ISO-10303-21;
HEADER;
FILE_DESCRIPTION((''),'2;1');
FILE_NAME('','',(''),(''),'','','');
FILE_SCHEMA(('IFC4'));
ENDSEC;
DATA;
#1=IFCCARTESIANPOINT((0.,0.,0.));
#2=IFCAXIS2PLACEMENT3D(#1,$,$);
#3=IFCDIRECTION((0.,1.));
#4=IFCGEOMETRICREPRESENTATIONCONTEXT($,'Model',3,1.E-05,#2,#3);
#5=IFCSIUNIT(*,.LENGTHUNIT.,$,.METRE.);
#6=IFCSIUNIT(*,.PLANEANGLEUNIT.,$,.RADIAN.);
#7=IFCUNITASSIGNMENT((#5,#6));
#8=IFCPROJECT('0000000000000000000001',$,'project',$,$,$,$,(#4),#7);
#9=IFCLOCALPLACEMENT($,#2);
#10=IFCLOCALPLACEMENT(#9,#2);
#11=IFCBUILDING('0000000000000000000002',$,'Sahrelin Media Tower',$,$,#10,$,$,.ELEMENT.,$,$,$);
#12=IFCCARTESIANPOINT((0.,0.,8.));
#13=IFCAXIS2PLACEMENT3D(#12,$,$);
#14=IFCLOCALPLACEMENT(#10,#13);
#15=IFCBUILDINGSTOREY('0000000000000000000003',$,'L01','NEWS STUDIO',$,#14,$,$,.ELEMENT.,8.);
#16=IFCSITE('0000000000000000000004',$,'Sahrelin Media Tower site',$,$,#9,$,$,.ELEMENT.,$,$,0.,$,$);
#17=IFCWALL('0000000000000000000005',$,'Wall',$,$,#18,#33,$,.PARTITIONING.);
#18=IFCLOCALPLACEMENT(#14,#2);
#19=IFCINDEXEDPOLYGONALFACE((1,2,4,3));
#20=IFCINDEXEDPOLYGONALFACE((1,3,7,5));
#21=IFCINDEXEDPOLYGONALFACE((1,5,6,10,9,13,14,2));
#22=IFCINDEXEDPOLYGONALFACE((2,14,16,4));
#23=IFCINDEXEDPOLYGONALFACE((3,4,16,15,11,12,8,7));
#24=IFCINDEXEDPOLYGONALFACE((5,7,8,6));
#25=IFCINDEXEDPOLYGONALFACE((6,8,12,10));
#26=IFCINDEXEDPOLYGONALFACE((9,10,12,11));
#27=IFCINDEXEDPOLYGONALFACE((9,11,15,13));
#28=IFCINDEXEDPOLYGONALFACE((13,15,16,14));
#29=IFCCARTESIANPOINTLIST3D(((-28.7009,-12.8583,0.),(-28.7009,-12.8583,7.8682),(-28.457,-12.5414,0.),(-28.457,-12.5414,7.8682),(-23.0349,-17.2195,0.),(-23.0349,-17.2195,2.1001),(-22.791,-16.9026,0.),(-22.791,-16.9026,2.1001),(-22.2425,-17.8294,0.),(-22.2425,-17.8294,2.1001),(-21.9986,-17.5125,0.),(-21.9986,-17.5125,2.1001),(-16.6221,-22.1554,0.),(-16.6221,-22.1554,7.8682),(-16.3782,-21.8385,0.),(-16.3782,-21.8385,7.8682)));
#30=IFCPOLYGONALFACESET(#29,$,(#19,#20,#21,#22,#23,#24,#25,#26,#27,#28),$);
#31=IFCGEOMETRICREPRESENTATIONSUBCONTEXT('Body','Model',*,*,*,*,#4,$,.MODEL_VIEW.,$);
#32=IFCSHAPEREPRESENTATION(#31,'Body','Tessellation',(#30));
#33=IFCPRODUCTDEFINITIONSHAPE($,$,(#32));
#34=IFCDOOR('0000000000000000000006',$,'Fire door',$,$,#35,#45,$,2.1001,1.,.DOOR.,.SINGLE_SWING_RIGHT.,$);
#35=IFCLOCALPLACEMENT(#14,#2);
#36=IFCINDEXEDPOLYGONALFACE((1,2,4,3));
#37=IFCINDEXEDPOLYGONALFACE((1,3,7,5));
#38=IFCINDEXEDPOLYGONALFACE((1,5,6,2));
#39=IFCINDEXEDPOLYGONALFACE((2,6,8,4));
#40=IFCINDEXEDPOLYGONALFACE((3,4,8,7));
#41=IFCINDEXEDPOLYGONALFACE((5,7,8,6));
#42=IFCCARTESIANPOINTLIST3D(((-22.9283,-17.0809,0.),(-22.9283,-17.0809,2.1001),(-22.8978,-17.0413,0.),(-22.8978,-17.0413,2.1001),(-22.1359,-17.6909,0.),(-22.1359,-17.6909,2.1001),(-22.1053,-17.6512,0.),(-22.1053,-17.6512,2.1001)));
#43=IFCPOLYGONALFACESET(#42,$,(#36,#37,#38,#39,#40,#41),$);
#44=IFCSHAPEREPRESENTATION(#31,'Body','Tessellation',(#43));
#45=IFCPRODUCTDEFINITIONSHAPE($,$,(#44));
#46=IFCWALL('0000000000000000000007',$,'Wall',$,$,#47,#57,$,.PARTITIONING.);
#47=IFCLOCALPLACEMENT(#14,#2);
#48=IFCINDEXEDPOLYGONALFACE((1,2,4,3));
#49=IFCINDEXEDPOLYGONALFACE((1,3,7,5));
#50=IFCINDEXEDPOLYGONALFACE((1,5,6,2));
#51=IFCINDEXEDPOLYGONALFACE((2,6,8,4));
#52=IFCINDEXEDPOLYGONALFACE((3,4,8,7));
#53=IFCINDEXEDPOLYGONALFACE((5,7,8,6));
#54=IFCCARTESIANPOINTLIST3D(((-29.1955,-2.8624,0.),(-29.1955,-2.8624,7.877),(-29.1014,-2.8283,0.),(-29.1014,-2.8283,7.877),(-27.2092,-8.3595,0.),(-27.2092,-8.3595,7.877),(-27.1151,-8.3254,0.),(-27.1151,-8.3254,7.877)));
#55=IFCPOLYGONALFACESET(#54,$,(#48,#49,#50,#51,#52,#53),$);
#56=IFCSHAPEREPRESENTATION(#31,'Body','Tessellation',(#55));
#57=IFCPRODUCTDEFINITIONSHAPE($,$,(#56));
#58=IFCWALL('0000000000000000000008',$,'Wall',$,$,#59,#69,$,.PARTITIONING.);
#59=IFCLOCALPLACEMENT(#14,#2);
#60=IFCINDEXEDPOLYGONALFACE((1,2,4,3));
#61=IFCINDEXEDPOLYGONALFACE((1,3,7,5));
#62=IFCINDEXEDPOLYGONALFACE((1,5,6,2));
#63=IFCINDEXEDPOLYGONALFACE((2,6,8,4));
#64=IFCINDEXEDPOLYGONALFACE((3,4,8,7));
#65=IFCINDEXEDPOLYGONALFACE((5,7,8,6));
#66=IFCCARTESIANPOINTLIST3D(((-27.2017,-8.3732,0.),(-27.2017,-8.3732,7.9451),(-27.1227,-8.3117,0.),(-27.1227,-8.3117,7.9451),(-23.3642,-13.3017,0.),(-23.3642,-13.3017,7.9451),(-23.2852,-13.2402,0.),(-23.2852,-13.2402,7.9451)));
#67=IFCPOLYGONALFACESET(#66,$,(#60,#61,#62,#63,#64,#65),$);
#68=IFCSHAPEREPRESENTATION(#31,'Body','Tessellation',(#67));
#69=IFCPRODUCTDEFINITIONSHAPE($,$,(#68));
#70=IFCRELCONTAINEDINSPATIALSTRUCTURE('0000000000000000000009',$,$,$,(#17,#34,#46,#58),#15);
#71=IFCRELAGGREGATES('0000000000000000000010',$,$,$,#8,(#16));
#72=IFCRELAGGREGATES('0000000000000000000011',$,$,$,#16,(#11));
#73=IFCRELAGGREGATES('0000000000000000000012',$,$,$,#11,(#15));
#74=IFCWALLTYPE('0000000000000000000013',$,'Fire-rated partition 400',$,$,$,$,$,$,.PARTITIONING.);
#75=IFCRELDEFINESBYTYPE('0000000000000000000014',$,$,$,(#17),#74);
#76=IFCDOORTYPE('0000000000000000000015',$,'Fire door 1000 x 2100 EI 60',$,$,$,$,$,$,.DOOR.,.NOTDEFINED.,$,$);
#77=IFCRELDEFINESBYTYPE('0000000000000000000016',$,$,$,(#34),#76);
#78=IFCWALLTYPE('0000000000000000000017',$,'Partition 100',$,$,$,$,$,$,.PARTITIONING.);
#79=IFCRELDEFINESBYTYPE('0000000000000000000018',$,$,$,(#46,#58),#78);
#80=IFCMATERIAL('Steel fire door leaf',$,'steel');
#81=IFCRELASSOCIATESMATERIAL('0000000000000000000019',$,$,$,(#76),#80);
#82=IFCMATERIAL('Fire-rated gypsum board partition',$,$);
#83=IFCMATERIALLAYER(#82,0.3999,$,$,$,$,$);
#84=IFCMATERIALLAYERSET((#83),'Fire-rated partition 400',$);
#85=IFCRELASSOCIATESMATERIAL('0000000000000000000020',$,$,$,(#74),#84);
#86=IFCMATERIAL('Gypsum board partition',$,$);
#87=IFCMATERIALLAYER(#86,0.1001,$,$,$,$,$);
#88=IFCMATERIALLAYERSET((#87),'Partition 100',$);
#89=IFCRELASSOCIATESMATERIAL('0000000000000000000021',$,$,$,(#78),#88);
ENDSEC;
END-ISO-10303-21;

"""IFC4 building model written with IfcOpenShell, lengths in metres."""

from ifc_helpers import new_model, si_unit, direction, frame, frame_2d, origin, place, context, subcontext, project, spatial, rectangle, extrude, material, layer, layer_set, type_object, element, fill, save


model = new_model("IFC4")

# Units and contexts
model_context = context("Model", 3, precision=1e-05, world=origin(), true_north=direction((0.0, 1.0)))
body_context = subcontext(model_context, "Body", "Model", "MODEL_VIEW")
ifc_project = project(units=[si_unit("LENGTHUNIT", "METRE"), si_unit("PLANEANGLEUNIT", "RADIAN")], contexts=[model_context])

# Site, building, storey
site_placement = place(None, origin())
site = spatial("IfcSite", under=ifc_project, at=site_placement, Name="Sahrelin Media Tower site", CompositionType="ELEMENT", RefElevation=0.0)
building_placement = place(site_placement, origin())
building = spatial("IfcBuilding", under=site, at=building_placement, Name="Sahrelin Media Tower", CompositionType="ELEMENT")
storey_placement = place(building_placement, frame((0.0, 0.0, 8.0)))
storey = spatial("IfcBuildingStorey", under=building, at=storey_placement, Name="L01", Description="NEWS STUDIO", CompositionType="ELEMENT", Elevation=8.0)

# Shared definitions
ifc_material_1 = material(Name="Fire-rated gypsum board partition")

# Shared definitions
ifc_material_2 = material(Name="Steel fire door leaf", Category="steel")
door_type = type_object("IfcDoorType", Name="Fire door 1000 x 2100 EI 60", OperationType="NOTDEFINED", PredefinedType="DOOR", material=ifc_material_2)

# Shared definitions
ifc_layer_1 = layer(ifc_material_1, 0.3999)
ifc_layer_set_1 = layer_set([ifc_layer_1], Name="Fire-rated partition 400")
wall_type_1 = type_object("IfcWallType", Name="Fire-rated partition 400", PredefinedType="PARTITIONING", material=ifc_layer_set_1)

# Wall, opening, door
wall_1_placement = place(storey_placement, frame((-28.5789, -12.7, 0.0), z_axis=(0.0, 0.0, 1.0), x_axis=(0.792444, -0.609945, 0.0)))
wall_1 = element("IfcWall", 1, at=wall_1_placement, inside=storey, type_object=wall_type_1, Name="Wall", PredefinedType="PARTITIONING", context=body_context, shape_type="SweptSolid", body=[
    extrude(rectangle(XDim=15.2424, YDim=0.3999, at=frame_2d((7.6211, 0.0))), origin(), (0.0, 0.0, 1.0), 7.8682),
])
opening_1_placement = place(wall_1_placement, frame((7.1499, 0.0, 0.0)))
opening_1 = element("IfcOpeningElement", 2, at=opening_1_placement, cuts=wall_1, PredefinedType="OPENING", context=body_context, shape_type="SweptSolid", body=[
    extrude(rectangle(XDim=1.0, YDim=2.1001, at=frame_2d((0.5, 1.05))), frame((0.0, 0.2, 0.0), z_axis=(0.0, -1.0, 0.0), x_axis=(1.0, 0.0, 0.0)), (0.0, 0.0, 1.0), 0.3999),
])
door_1_placement = place(opening_1_placement, origin())
door_1 = element("IfcDoor", 3, at=door_1_placement, inside=storey, type_object=door_type, Name="Fire door", OperationType="SINGLE_SWING_RIGHT", OverallHeight=2.1001, OverallWidth=1.0, PredefinedType="DOOR", context=body_context, shape_type="SweptSolid", body=[
    extrude(rectangle(XDim=1.0, YDim=2.1001, at=frame_2d((0.5, 1.05))), frame((0.0, 0.0249, 0.0), z_axis=(0.0, -1.0, 0.0), x_axis=(1.0, 0.0, 0.0)), (0.0, 0.0, 1.0), 0.05),
])
fill(opening_1, door_1)

# Walls
ifc_material_3 = material(Name="Gypsum board partition")
ifc_layer_2 = layer(ifc_material_3, 0.1001)
ifc_layer_set_2 = layer_set([ifc_layer_2], Name="Partition 100")
wall_type_2 = type_object("IfcWallType", Name="Partition 100", PredefinedType="PARTITIONING", material=ifc_layer_set_2)
wall_2_placement = place(storey_placement, frame((-29.1484, -2.8455, 0.0), z_axis=(0.0, 0.0, 1.0), x_axis=(0.339837, -0.940484, 0.0)))
element("IfcWall", 4, at=wall_2_placement, inside=storey, type_object=wall_type_2, Name="Wall", PredefinedType="PARTITIONING", context=body_context, shape_type="SweptSolid", body=[
    extrude(rectangle(XDim=5.845, YDim=0.1001, at=frame_2d((2.9224, 0.0))), origin(), (0.0, 0.0, 1.0), 7.877),
])
wall_3_placement = place(storey_placement, frame((-27.1621, -8.3425, 0.0), z_axis=(0.0, 0.0, 1.0), x_axis=(0.614355, -0.78903, 0.0)))
element("IfcWall", 5, at=wall_3_placement, inside=storey, type_object=wall_type_2, Name="Wall", PredefinedType="PARTITIONING", context=body_context, shape_type="SweptSolid", body=[
    extrude(rectangle(XDim=6.2463, YDim=0.1001, at=frame_2d((3.123, 0.0))), origin(), (0.0, 0.0, 1.0), 7.9451),
])

save(model, "model.ifc")
